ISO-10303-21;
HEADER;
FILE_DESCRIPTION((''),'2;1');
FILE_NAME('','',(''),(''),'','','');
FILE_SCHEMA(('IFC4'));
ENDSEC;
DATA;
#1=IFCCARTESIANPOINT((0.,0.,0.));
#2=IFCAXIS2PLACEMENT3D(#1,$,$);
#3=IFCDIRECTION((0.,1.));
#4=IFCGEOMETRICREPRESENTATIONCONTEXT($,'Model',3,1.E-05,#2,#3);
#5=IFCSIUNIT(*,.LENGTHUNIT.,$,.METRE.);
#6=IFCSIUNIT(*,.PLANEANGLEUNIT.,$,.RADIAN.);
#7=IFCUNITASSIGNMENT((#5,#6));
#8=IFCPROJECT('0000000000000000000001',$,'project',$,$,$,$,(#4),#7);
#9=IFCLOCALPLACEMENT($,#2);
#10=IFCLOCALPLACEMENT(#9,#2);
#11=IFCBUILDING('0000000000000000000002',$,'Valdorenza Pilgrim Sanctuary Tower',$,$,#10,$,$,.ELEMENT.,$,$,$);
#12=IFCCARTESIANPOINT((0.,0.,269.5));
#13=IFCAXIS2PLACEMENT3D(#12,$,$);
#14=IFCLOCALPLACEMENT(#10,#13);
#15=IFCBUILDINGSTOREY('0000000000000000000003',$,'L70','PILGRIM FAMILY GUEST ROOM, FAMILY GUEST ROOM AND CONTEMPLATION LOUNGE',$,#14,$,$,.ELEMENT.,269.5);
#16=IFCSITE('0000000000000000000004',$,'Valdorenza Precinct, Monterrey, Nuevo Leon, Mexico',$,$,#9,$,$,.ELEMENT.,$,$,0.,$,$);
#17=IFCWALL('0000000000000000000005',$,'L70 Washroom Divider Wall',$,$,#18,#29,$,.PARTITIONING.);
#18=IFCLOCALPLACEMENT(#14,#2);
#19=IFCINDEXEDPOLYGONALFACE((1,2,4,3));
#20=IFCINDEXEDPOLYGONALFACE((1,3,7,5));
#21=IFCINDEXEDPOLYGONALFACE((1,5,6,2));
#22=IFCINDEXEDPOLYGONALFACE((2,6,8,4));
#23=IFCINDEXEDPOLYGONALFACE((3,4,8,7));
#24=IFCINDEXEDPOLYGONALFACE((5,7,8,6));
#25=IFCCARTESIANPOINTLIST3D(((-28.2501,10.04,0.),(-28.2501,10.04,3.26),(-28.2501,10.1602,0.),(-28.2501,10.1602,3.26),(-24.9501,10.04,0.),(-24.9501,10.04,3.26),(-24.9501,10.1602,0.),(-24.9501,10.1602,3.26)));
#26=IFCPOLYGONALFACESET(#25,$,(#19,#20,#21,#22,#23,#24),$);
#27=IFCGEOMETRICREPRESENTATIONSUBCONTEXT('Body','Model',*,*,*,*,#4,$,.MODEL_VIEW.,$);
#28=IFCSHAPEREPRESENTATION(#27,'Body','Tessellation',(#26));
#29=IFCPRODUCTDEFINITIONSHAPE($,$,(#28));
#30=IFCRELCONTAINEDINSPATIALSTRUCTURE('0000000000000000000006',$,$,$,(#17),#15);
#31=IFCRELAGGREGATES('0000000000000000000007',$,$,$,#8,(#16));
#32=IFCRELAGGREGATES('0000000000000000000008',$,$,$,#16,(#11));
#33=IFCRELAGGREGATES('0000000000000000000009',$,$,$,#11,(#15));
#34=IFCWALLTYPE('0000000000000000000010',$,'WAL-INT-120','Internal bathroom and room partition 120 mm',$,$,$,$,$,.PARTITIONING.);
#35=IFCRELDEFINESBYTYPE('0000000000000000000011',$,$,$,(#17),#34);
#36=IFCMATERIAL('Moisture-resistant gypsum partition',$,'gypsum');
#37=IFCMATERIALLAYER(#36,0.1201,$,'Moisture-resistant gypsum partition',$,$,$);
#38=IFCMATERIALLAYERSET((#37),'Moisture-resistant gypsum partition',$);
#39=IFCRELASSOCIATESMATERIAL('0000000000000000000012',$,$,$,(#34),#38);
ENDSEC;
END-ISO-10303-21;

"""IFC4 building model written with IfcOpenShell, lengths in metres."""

from ifc_helpers import new_model, si_unit, direction, frame, frame_2d, origin, place, context, subcontext, project, spatial, rectangle, extrude, material, layer, layer_set, type_object, element, save


model = new_model("IFC4")

# Units and contexts
model_context = context("Model", 3, precision=1e-05, world=origin(), true_north=direction((0.0, 1.0)))
body_context = subcontext(model_context, "Body", "Model", "MODEL_VIEW")
ifc_project = project(units=[si_unit("LENGTHUNIT", "METRE"), si_unit("PLANEANGLEUNIT", "RADIAN")], contexts=[model_context])

# Site, building, storey
site_placement = place(None, origin())
site = spatial("IfcSite", under=ifc_project, at=site_placement, Name="Valdorenza Precinct, Monterrey, Nuevo Leon, Mexico", CompositionType="ELEMENT", RefElevation=0.0)
building_placement = place(site_placement, origin())
building = spatial("IfcBuilding", under=site, at=building_placement, Name="Valdorenza Pilgrim Sanctuary Tower", CompositionType="ELEMENT")
storey_placement = place(building_placement, frame((0.0, 0.0, 269.5)))
storey = spatial("IfcBuildingStorey", under=building, at=storey_placement, Name="L70", Description="PILGRIM FAMILY GUEST ROOM, FAMILY GUEST ROOM AND CONTEMPLATION LOUNGE", CompositionType="ELEMENT", Elevation=269.5)

# Wall
ifc_material_1 = material(Name="Moisture-resistant gypsum partition", Category="gypsum")
ifc_layer_1 = layer(ifc_material_1, 0.1201, Name="Moisture-resistant gypsum partition")
ifc_layer_set_1 = layer_set([ifc_layer_1], Name="Moisture-resistant gypsum partition")
wall_type_1 = type_object("IfcWallType", Name="WAL-INT-120", Description="Internal bathroom and room partition 120 mm", PredefinedType="PARTITIONING", material=ifc_layer_set_1)
wall_1_placement = place(storey_placement, frame((-28.25, 10.1001, 0.0), z_axis=(0.0, 0.0, 1.0), x_axis=(1.0, 0.0, 0.0)))
element("IfcWall", 1, at=wall_1_placement, inside=storey, type_object=wall_type_1, Name="L70 Washroom Divider Wall", PredefinedType="PARTITIONING", context=body_context, shape_type="SweptSolid", body=[
    extrude(rectangle(XDim=3.3, YDim=0.1201, at=frame_2d((1.6499, 0.0))), origin(), (0.0, 0.0, 1.0), 3.26),
])

save(model, "model.ifc")
